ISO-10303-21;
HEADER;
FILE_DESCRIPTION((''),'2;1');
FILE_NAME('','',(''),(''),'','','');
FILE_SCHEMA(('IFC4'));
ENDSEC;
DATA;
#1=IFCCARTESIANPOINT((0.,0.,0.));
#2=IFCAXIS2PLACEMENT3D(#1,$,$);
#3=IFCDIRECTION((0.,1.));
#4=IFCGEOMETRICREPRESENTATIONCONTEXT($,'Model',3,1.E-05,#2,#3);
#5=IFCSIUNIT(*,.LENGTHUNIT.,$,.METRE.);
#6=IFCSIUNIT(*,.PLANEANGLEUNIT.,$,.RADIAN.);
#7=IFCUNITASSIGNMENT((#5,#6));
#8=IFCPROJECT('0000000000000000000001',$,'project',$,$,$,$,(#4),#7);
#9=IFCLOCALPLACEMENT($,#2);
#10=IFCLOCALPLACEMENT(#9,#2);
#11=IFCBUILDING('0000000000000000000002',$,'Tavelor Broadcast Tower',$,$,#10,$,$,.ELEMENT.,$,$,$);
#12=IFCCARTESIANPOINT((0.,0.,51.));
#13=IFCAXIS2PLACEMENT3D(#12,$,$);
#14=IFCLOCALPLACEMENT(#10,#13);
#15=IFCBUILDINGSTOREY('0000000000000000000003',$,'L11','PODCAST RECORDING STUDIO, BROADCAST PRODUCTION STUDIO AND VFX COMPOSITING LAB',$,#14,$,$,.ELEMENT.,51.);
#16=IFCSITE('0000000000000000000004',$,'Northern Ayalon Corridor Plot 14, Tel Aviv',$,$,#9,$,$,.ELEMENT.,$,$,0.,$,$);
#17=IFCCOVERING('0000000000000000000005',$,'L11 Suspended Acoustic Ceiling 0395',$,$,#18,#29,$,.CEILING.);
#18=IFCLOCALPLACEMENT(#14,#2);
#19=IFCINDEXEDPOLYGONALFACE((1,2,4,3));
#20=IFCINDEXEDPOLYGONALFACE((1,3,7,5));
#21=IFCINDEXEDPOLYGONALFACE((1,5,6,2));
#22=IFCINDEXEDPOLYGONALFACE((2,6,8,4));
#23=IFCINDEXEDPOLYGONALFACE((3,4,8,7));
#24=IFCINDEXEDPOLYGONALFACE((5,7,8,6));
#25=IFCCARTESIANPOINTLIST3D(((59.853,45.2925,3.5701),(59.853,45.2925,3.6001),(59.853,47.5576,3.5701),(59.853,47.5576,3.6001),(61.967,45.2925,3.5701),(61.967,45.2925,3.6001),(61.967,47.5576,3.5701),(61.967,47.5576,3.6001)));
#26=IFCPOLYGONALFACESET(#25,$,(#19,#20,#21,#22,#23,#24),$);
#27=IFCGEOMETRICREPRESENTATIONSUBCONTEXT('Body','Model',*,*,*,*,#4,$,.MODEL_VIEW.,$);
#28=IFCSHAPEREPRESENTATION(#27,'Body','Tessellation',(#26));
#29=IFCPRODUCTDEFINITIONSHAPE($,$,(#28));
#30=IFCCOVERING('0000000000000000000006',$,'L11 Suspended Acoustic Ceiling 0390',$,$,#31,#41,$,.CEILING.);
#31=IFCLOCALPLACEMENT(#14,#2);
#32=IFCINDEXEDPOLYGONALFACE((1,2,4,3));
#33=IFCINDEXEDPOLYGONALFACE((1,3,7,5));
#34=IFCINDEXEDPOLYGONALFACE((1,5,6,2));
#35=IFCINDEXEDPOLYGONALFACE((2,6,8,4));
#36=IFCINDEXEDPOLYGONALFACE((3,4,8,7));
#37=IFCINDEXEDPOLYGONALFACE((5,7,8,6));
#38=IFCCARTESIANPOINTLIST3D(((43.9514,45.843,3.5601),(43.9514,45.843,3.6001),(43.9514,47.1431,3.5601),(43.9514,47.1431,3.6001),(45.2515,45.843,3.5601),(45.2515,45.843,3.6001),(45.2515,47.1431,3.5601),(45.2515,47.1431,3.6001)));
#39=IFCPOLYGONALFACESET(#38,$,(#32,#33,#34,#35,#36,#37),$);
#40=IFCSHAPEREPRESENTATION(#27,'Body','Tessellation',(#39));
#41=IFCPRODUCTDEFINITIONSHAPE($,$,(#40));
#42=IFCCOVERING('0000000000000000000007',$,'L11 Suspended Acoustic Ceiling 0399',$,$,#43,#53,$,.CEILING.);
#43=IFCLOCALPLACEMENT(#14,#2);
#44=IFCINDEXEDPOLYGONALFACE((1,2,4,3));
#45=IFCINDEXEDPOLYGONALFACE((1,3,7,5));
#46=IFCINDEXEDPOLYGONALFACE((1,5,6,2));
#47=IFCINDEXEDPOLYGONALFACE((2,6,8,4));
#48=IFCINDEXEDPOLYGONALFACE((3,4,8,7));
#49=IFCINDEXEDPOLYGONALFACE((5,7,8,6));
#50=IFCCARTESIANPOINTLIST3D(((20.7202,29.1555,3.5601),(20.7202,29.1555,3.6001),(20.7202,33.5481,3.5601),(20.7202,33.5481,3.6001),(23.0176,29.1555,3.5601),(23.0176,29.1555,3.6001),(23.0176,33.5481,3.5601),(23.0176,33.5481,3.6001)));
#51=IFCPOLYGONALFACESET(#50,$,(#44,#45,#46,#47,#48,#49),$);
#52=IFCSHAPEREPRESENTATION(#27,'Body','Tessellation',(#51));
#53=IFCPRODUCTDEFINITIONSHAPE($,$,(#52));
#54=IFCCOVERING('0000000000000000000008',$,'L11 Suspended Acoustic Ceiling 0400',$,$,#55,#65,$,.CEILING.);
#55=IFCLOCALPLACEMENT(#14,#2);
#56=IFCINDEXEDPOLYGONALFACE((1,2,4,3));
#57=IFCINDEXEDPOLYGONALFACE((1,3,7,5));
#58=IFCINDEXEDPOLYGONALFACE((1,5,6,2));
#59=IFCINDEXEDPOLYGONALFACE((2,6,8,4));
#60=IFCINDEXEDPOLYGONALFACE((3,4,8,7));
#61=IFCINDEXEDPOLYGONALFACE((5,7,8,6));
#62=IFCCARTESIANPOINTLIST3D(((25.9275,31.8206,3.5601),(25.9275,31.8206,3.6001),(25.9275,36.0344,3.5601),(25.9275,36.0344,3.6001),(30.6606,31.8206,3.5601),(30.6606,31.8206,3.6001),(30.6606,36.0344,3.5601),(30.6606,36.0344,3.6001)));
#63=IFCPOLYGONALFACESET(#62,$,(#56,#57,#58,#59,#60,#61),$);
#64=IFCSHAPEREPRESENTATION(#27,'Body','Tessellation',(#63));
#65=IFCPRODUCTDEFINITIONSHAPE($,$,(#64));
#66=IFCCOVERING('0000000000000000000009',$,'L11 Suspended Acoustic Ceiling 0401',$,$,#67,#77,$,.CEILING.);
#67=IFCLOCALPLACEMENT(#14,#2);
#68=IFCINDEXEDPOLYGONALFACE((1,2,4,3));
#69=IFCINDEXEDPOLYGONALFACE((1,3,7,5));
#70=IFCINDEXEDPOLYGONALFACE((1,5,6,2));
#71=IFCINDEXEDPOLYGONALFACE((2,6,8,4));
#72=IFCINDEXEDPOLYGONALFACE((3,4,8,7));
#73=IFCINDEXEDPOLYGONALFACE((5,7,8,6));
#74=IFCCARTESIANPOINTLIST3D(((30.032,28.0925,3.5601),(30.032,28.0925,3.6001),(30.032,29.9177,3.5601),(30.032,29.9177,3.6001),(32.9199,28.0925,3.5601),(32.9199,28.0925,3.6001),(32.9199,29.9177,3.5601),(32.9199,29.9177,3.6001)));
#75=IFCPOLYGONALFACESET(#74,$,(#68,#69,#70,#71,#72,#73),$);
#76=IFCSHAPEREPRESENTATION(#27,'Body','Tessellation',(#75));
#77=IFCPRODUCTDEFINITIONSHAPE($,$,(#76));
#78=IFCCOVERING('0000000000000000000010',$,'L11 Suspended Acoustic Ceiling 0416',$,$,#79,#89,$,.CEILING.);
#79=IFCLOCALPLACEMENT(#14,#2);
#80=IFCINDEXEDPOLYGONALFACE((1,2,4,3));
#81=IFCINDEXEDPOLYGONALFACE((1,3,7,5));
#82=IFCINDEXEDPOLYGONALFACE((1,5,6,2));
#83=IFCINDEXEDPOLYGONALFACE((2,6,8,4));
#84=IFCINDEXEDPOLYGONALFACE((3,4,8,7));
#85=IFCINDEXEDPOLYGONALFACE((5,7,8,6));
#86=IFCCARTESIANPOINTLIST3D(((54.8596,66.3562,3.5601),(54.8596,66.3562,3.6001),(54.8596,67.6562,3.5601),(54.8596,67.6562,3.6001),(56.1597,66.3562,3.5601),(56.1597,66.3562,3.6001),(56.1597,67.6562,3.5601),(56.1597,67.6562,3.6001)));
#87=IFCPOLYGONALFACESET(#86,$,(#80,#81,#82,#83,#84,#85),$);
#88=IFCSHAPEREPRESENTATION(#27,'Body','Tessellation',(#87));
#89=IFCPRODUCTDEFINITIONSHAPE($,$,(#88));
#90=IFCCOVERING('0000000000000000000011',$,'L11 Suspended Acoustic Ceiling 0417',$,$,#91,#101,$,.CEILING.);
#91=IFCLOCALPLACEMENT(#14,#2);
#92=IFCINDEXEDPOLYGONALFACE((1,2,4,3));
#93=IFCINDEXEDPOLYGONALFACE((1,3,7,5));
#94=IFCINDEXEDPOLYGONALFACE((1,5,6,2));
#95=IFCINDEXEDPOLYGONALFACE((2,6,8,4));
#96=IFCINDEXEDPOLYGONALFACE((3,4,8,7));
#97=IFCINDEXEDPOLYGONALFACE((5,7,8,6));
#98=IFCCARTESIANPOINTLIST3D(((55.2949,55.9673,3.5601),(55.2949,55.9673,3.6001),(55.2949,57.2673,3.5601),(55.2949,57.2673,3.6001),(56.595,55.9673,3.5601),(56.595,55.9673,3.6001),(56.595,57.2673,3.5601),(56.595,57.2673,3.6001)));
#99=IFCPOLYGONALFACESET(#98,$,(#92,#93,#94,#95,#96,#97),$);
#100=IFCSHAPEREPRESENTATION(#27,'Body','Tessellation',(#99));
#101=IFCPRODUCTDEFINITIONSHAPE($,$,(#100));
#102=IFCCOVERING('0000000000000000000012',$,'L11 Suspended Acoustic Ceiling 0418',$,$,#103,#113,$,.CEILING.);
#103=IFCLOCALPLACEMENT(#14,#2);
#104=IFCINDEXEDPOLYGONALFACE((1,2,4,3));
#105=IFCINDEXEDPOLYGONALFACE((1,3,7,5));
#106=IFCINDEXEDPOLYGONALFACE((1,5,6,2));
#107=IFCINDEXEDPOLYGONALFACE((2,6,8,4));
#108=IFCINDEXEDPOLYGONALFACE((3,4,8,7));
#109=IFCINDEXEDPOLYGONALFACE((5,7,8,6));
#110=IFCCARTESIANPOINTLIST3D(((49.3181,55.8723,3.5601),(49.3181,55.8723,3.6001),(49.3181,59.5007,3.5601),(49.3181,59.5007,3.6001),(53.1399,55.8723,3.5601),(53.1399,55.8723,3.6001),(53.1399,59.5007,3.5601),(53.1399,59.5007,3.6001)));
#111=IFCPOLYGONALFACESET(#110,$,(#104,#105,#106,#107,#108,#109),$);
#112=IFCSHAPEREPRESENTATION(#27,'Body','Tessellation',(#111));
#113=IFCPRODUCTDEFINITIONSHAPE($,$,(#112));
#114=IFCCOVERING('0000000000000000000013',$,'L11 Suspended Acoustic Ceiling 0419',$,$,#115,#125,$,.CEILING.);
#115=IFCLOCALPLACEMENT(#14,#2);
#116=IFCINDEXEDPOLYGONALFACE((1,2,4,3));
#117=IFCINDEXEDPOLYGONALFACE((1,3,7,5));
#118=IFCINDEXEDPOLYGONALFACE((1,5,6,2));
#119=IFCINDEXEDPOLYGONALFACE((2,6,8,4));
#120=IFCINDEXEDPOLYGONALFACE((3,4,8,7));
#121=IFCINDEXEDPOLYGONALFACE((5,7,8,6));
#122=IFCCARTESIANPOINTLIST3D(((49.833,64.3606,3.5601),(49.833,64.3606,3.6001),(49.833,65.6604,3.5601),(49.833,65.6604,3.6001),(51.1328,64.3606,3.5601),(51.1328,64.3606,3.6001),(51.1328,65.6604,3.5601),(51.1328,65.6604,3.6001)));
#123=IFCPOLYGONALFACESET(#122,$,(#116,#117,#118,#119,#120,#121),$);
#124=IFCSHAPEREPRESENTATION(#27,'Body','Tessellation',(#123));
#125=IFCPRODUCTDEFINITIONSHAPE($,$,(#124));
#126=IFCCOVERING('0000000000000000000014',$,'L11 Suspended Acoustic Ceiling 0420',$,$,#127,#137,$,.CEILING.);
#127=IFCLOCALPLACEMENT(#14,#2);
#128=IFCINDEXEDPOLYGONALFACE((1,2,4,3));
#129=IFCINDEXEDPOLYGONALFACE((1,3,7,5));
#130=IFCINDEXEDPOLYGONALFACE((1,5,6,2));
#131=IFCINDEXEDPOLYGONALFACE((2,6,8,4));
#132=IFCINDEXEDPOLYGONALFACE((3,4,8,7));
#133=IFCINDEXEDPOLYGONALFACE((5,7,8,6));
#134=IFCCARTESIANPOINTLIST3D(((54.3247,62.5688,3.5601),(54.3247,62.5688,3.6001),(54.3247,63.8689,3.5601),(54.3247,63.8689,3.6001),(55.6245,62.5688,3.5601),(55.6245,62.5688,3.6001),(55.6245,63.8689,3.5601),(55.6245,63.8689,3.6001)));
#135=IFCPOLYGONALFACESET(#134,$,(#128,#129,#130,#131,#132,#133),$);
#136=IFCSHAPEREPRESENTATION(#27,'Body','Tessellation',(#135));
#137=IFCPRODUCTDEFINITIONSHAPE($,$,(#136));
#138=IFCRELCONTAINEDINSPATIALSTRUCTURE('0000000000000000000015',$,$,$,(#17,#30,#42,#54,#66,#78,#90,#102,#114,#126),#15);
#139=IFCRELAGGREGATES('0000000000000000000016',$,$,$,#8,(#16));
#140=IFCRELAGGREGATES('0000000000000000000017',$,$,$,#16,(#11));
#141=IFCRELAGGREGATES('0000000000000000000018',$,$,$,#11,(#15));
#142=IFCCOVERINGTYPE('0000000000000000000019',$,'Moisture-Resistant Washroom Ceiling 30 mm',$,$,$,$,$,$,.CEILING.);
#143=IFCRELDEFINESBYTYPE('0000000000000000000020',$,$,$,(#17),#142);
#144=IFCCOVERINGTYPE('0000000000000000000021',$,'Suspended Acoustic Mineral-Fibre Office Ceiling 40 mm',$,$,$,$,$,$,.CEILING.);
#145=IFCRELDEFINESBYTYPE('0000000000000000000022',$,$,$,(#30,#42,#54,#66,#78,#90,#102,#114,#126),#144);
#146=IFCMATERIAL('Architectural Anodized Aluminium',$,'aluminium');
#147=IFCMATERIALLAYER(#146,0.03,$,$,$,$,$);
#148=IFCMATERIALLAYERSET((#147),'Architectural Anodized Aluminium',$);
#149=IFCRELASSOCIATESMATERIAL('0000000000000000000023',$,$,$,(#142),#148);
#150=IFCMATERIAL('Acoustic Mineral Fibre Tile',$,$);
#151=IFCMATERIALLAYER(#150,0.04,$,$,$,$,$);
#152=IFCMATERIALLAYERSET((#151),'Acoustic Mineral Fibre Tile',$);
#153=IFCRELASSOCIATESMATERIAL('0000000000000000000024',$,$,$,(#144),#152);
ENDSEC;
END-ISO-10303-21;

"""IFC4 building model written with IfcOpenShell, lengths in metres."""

from ifc_helpers import new_model, si_unit, direction, frame, origin, place, context, subcontext, project, spatial, polyline, outline, extrude, material, layer, layer_set, type_object, element, save


model = new_model("IFC4")

# Units and contexts
model_context = context("Model", 3, precision=1e-05, world=origin(), true_north=direction((0.0, 1.0)))
body_context = subcontext(model_context, "Body", "Model", "MODEL_VIEW")
ifc_project = project(units=[si_unit("LENGTHUNIT", "METRE"), si_unit("PLANEANGLEUNIT", "RADIAN")], contexts=[model_context])

# Site, building, storey
site_placement = place(None, origin())
site = spatial("IfcSite", under=ifc_project, at=site_placement, Name="Northern Ayalon Corridor Plot 14, Tel Aviv", CompositionType="ELEMENT", RefElevation=0.0)
building_placement = place(site_placement, origin())
building = spatial("IfcBuilding", under=site, at=building_placement, Name="Tavelor Broadcast Tower", CompositionType="ELEMENT")
storey_placement = place(building_placement, frame((0.0, 0.0, 51.0)))
storey = spatial("IfcBuildingStorey", under=building, at=storey_placement, Name="L11", Description="PODCAST RECORDING STUDIO, BROADCAST PRODUCTION STUDIO AND VFX COMPOSITING LAB", CompositionType="ELEMENT", Elevation=51.0)

# Coverings
ifc_material_1 = material(Name="Architectural Anodized Aluminium", Category="aluminium")
ifc_layer_1 = layer(ifc_material_1, 0.03)
ifc_layer_set_1 = layer_set([ifc_layer_1], Name="Architectural Anodized Aluminium")
covering_type_1 = type_object("IfcCoveringType", Name="Moisture-Resistant Washroom Ceiling 30 mm", PredefinedType="CEILING", material=ifc_layer_set_1)
covering_1_placement = place(storey_placement, frame((0.0, 0.0, 3.5701)))
element("IfcCovering", 1, at=covering_1_placement, inside=storey, type_object=covering_type_1, Name="L11 Suspended Acoustic Ceiling 0395", PredefinedType="CEILING", context=body_context, shape_type="SweptSolid", body=[
    extrude(outline(polyline([(59.853, 45.2925), (61.967, 45.2925), (61.967, 47.5576), (59.853, 47.5576), (59.853, 45.2925)])), origin(), (0.0, 0.0, 1.0), 0.03),
])
ifc_material_2 = material(Name="Acoustic Mineral Fibre Tile")
ifc_layer_2 = layer(ifc_material_2, 0.04)
ifc_layer_set_2 = layer_set([ifc_layer_2], Name="Acoustic Mineral Fibre Tile")
covering_type_2 = type_object("IfcCoveringType", Name="Suspended Acoustic Mineral-Fibre Office Ceiling 40 mm", PredefinedType="CEILING", material=ifc_layer_set_2)
covering_2_placement = place(storey_placement, frame((0.0, 0.0, 3.5601)))
element("IfcCovering", 2, at=covering_2_placement, inside=storey, type_object=covering_type_2, Name="L11 Suspended Acoustic Ceiling 0390", PredefinedType="CEILING", context=body_context, shape_type="SweptSolid", body=[
    extrude(outline(polyline([(43.9514, 45.843), (45.2515, 45.843), (45.2515, 47.1431), (43.9514, 47.1431), (43.9514, 45.843)])), origin(), (0.0, 0.0, 1.0), 0.04),
])
covering_3_placement = place(storey_placement, frame((0.0, 0.0, 3.5601)))
element("IfcCovering", 3, at=covering_3_placement, inside=storey, type_object=covering_type_2, Name="L11 Suspended Acoustic Ceiling 0399", PredefinedType="CEILING", context=body_context, shape_type="SweptSolid", body=[
    extrude(outline(polyline([(20.7202, 29.1555), (23.0176, 29.1555), (23.0176, 33.5481), (20.7202, 33.5481), (20.7202, 29.1555)])), origin(), (0.0, 0.0, 1.0), 0.04),
])
covering_4_placement = place(storey_placement, frame((0.0, 0.0, 3.5601)))
element("IfcCovering", 4, at=covering_4_placement, inside=storey, type_object=covering_type_2, Name="L11 Suspended Acoustic Ceiling 0400", PredefinedType="CEILING", context=body_context, shape_type="SweptSolid", body=[
    extrude(outline(polyline([(25.9275, 31.8206), (30.6606, 31.8206), (30.6606, 36.0344), (25.9275, 36.0344), (25.9275, 31.8206)])), origin(), (0.0, 0.0, 1.0), 0.04),
])
covering_5_placement = place(storey_placement, frame((0.0, 0.0, 3.5601)))
element("IfcCovering", 5, at=covering_5_placement, inside=storey, type_object=covering_type_2, Name="L11 Suspended Acoustic Ceiling 0401", PredefinedType="CEILING", context=body_context, shape_type="SweptSolid", body=[
    extrude(outline(polyline([(30.032, 28.0925), (32.9199, 28.0925), (32.9199, 29.9177), (30.032, 29.9177), (30.032, 28.0925)])), origin(), (0.0, 0.0, 1.0), 0.04),
])
covering_6_placement = place(storey_placement, frame((0.0, 0.0, 3.5601)))
element("IfcCovering", 6, at=covering_6_placement, inside=storey, type_object=covering_type_2, Name="L11 Suspended Acoustic Ceiling 0416", PredefinedType="CEILING", context=body_context, shape_type="SweptSolid", body=[
    extrude(outline(polyline([(54.8596, 66.3562), (56.1597, 66.3562), (56.1597, 67.6562), (54.8596, 67.6562), (54.8596, 66.3562)])), origin(), (0.0, 0.0, 1.0), 0.04),
])
covering_7_placement = place(storey_placement, frame((0.0, 0.0, 3.5601)))
element("IfcCovering", 7, at=covering_7_placement, inside=storey, type_object=covering_type_2, Name="L11 Suspended Acoustic Ceiling 0417", PredefinedType="CEILING", context=body_context, shape_type="SweptSolid", body=[
    extrude(outline(polyline([(55.2949, 55.9673), (56.595, 55.9673), (56.595, 57.2673), (55.2949, 57.2673), (55.2949, 55.9673)])), origin(), (0.0, 0.0, 1.0), 0.04),
])
covering_8_placement = place(storey_placement, frame((0.0, 0.0, 3.5601)))
element("IfcCovering", 8, at=covering_8_placement, inside=storey, type_object=covering_type_2, Name="L11 Suspended Acoustic Ceiling 0418", PredefinedType="CEILING", context=body_context, shape_type="SweptSolid", body=[
    extrude(outline(polyline([(49.3181, 55.8723), (53.1399, 55.8723), (53.1399, 59.5007), (49.3181, 59.5007), (49.3181, 55.8723)])), origin(), (0.0, 0.0, 1.0), 0.04),
])
covering_9_placement = place(storey_placement, frame((0.0, 0.0, 3.5601)))
element("IfcCovering", 9, at=covering_9_placement, inside=storey, type_object=covering_type_2, Name="L11 Suspended Acoustic Ceiling 0419", PredefinedType="CEILING", context=body_context, shape_type="SweptSolid", body=[
    extrude(outline(polyline([(49.833, 64.3606), (51.1328, 64.3606), (51.1328, 65.6604), (49.833, 65.6604), (49.833, 64.3606)])), origin(), (0.0, 0.0, 1.0), 0.04),
])
covering_10_placement = place(storey_placement, frame((0.0, 0.0, 3.5601)))
element("IfcCovering", 10, at=covering_10_placement, inside=storey, type_object=covering_type_2, Name="L11 Suspended Acoustic Ceiling 0420", PredefinedType="CEILING", context=body_context, shape_type="SweptSolid", body=[
    extrude(outline(polyline([(54.3247, 62.5688), (55.6245, 62.5688), (55.6245, 63.8689), (54.3247, 63.8689), (54.3247, 62.5688)])), origin(), (0.0, 0.0, 1.0), 0.04),
])

save(model, "model.ifc")
